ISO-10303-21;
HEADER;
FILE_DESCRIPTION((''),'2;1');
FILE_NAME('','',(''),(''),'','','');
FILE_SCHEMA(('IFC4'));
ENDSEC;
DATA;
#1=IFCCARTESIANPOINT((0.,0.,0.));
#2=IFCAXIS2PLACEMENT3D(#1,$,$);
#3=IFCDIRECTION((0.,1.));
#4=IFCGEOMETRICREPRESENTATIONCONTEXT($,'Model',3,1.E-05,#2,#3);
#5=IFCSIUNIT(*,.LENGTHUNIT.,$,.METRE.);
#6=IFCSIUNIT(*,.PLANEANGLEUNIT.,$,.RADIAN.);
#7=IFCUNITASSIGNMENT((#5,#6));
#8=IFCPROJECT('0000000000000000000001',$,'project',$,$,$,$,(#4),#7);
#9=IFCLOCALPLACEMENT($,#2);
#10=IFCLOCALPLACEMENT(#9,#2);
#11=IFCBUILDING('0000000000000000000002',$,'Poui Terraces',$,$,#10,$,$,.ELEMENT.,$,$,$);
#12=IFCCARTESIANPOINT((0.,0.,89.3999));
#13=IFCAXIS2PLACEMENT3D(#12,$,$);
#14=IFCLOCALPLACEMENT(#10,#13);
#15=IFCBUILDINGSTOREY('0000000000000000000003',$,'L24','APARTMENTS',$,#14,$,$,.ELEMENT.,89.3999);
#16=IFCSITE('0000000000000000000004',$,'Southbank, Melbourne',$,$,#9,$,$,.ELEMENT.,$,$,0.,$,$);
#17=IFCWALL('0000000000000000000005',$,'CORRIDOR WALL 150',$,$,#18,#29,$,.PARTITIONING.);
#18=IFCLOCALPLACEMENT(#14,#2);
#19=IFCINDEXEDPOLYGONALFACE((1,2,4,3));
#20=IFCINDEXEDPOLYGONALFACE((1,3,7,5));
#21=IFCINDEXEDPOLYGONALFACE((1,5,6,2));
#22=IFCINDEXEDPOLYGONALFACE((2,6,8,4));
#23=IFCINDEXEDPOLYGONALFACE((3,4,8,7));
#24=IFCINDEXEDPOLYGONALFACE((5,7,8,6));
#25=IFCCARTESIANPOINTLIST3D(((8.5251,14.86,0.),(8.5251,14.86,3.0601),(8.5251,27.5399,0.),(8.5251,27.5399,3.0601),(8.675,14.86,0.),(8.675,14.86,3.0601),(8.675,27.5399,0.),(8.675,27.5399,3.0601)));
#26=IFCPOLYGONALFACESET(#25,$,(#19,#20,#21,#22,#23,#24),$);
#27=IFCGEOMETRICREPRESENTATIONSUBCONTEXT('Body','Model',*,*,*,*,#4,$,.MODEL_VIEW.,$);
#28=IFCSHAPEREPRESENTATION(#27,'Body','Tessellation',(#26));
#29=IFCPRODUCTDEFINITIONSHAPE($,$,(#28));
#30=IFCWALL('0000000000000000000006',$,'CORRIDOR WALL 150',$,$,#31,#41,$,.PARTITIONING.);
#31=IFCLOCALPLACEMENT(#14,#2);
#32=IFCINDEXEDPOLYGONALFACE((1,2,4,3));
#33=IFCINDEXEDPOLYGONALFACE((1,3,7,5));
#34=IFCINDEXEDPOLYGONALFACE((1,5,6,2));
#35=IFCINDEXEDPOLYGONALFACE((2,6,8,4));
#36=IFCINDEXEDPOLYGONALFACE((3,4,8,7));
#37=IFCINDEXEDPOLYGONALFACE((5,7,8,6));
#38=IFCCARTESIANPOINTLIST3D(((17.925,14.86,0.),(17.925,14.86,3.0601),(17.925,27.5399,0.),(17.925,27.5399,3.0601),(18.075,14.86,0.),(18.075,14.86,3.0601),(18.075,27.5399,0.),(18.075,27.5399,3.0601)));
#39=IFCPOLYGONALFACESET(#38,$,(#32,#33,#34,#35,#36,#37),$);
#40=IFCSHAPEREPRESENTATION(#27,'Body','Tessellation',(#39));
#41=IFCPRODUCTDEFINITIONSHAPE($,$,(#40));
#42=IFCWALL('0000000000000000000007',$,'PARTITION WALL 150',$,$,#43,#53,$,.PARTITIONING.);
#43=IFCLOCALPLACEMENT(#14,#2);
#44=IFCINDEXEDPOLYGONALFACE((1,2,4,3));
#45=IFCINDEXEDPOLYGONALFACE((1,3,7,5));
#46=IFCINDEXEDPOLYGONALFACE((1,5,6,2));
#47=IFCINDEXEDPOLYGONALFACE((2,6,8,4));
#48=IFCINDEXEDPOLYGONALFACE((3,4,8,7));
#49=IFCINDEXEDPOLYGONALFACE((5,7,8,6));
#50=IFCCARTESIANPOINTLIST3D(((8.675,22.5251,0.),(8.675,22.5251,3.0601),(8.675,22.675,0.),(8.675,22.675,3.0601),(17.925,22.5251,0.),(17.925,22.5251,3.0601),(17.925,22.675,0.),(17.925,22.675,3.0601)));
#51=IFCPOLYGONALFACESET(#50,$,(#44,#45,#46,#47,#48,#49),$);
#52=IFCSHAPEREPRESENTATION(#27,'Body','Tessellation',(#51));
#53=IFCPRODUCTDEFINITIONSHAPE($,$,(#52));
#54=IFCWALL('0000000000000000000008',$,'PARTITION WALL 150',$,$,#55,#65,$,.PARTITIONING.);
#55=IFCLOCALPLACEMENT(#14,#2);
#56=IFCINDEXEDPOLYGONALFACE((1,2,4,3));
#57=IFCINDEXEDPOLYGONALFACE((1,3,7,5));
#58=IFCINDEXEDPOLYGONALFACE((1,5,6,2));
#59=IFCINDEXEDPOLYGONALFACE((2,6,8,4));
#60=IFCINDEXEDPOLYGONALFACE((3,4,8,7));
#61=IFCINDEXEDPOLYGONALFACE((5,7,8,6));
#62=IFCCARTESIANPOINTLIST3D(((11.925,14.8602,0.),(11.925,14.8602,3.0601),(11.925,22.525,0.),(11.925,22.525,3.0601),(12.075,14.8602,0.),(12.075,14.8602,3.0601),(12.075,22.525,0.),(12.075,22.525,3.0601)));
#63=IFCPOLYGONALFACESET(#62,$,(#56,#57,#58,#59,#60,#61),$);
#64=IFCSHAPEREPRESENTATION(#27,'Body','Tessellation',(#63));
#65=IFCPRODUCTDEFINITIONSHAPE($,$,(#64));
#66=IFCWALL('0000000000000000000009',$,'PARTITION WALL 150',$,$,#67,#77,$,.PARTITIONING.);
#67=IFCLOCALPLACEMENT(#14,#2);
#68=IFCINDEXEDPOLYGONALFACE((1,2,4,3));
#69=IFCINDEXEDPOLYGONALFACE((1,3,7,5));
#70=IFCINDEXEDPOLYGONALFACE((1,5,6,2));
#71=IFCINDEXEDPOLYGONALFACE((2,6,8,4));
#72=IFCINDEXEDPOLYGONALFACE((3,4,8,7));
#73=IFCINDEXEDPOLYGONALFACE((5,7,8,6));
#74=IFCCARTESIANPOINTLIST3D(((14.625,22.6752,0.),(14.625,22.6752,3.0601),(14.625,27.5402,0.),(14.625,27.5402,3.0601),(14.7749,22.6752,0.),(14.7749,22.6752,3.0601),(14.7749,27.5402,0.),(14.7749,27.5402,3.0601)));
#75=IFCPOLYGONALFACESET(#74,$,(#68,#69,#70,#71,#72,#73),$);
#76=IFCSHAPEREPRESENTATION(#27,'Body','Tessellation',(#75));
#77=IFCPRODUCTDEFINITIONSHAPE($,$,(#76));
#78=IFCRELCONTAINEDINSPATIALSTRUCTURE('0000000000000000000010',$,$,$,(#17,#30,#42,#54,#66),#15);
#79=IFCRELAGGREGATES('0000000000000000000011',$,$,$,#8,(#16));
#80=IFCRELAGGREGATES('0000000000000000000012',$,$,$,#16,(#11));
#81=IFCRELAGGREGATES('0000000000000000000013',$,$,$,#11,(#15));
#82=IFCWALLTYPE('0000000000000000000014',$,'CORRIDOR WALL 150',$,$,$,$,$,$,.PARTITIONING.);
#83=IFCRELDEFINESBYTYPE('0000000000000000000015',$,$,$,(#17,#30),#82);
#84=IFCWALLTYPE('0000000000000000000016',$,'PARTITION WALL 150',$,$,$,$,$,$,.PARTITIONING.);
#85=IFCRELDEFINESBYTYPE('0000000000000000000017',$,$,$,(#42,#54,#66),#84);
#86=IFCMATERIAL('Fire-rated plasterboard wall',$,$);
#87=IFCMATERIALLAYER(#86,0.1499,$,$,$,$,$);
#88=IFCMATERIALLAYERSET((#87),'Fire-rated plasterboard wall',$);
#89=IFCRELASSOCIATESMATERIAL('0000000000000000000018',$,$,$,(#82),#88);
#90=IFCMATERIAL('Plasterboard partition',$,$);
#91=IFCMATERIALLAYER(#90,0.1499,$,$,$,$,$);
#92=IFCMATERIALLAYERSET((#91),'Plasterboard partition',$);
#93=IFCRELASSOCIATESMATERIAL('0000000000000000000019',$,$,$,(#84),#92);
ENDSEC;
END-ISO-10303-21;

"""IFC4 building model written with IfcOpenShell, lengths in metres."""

from ifc_helpers import new_model, si_unit, direction, frame, frame_2d, origin, place, context, subcontext, project, spatial, rectangle, extrude, material, layer, layer_set, type_object, element, save


model = new_model("IFC4")

# Units and contexts
model_context = context("Model", 3, precision=1e-05, world=origin(), true_north=direction((0.0, 1.0)))
body_context = subcontext(model_context, "Body", "Model", "MODEL_VIEW")
ifc_project = project(units=[si_unit("LENGTHUNIT", "METRE"), si_unit("PLANEANGLEUNIT", "RADIAN")], contexts=[model_context])

# Site, building, storey
site_placement = place(None, origin())
site = spatial("IfcSite", under=ifc_project, at=site_placement, Name="Southbank, Melbourne", CompositionType="ELEMENT", RefElevation=0.0)
building_placement = place(site_placement, origin())
building = spatial("IfcBuilding", under=site, at=building_placement, Name="Poui Terraces", CompositionType="ELEMENT")
storey_placement = place(building_placement, frame((0.0, 0.0, 89.3999)))
storey = spatial("IfcBuildingStorey", under=building, at=storey_placement, Name="L24", Description="APARTMENTS", CompositionType="ELEMENT", Elevation=89.3999)

# Walls
ifc_material_1 = material(Name="Fire-rated plasterboard wall")
ifc_layer_1 = layer(ifc_material_1, 0.1499)
ifc_layer_set_1 = layer_set([ifc_layer_1], Name="Fire-rated plasterboard wall")
wall_type_1 = type_object("IfcWallType", Name="CORRIDOR WALL 150", PredefinedType="PARTITIONING", material=ifc_layer_set_1)
for number, where, z_axis, x_axis, name in (
    (1, (8.6001, 14.8601, 0.0), (0.0, 0.0, 1.0), (0.0, 1.0, 0.0), "CORRIDOR WALL 150"),
    (2, (18.0, 14.8601, 0.0), (0.0, 0.0, 1.0), (0.0, 1.0, 0.0), "CORRIDOR WALL 150"),
):
    element("IfcWall", number, at=place(storey_placement, frame(where, z_axis=z_axis, x_axis=x_axis)), inside=storey, type_object=wall_type_1, Name=name, PredefinedType="PARTITIONING", context=body_context, shape_type="SweptSolid", body=[
        extrude(rectangle(XDim=12.6799, YDim=0.1499, at=frame_2d((6.3398, 0.0))), origin(), (0.0, 0.0, 1.0), 3.0601),
    ])
ifc_material_2 = material(Name="Plasterboard partition")
ifc_layer_2 = layer(ifc_material_2, 0.1499)
ifc_layer_set_2 = layer_set([ifc_layer_2], Name="Plasterboard partition")
wall_type_2 = type_object("IfcWallType", Name="PARTITION WALL 150", PredefinedType="PARTITIONING", material=ifc_layer_set_2)
wall_1_placement = place(storey_placement, frame((8.675, 22.6001, 0.0), z_axis=(0.0, 0.0, 1.0), x_axis=(1.0, 0.0, 0.0)))
element("IfcWall", 3, at=wall_1_placement, inside=storey, type_object=wall_type_2, Name="PARTITION WALL 150", PredefinedType="PARTITIONING", context=body_context, shape_type="SweptSolid", body=[
    extrude(rectangle(XDim=9.25, YDim=0.1499, at=frame_2d((4.625, 0.0))), origin(), (0.0, 0.0, 1.0), 3.0601),
])
wall_2_placement = place(storey_placement, frame((12.0, 14.8601, 0.0), z_axis=(0.0, 0.0, 1.0), x_axis=(0.0, 1.0, 0.0)))
element("IfcWall", 4, at=wall_2_placement, inside=storey, type_object=wall_type_2, Name="PARTITION WALL 150", PredefinedType="PARTITIONING", context=body_context, shape_type="SweptSolid", body=[
    extrude(rectangle(XDim=7.6648, YDim=0.1499, at=frame_2d((3.8325, 0.0))), origin(), (0.0, 0.0, 1.0), 3.0601),
])
wall_3_placement = place(storey_placement, frame((14.7, 22.675, 0.0), z_axis=(0.0, 0.0, 1.0), x_axis=(0.0, 1.0, 0.0)))
element("IfcWall", 5, at=wall_3_placement, inside=storey, type_object=wall_type_2, Name="PARTITION WALL 150", PredefinedType="PARTITIONING", context=body_context, shape_type="SweptSolid", body=[
    extrude(rectangle(XDim=4.865, YDim=0.1499, at=frame_2d((2.4326, 0.0))), origin(), (0.0, 0.0, 1.0), 3.0601),
])

save(model, "model.ifc")
